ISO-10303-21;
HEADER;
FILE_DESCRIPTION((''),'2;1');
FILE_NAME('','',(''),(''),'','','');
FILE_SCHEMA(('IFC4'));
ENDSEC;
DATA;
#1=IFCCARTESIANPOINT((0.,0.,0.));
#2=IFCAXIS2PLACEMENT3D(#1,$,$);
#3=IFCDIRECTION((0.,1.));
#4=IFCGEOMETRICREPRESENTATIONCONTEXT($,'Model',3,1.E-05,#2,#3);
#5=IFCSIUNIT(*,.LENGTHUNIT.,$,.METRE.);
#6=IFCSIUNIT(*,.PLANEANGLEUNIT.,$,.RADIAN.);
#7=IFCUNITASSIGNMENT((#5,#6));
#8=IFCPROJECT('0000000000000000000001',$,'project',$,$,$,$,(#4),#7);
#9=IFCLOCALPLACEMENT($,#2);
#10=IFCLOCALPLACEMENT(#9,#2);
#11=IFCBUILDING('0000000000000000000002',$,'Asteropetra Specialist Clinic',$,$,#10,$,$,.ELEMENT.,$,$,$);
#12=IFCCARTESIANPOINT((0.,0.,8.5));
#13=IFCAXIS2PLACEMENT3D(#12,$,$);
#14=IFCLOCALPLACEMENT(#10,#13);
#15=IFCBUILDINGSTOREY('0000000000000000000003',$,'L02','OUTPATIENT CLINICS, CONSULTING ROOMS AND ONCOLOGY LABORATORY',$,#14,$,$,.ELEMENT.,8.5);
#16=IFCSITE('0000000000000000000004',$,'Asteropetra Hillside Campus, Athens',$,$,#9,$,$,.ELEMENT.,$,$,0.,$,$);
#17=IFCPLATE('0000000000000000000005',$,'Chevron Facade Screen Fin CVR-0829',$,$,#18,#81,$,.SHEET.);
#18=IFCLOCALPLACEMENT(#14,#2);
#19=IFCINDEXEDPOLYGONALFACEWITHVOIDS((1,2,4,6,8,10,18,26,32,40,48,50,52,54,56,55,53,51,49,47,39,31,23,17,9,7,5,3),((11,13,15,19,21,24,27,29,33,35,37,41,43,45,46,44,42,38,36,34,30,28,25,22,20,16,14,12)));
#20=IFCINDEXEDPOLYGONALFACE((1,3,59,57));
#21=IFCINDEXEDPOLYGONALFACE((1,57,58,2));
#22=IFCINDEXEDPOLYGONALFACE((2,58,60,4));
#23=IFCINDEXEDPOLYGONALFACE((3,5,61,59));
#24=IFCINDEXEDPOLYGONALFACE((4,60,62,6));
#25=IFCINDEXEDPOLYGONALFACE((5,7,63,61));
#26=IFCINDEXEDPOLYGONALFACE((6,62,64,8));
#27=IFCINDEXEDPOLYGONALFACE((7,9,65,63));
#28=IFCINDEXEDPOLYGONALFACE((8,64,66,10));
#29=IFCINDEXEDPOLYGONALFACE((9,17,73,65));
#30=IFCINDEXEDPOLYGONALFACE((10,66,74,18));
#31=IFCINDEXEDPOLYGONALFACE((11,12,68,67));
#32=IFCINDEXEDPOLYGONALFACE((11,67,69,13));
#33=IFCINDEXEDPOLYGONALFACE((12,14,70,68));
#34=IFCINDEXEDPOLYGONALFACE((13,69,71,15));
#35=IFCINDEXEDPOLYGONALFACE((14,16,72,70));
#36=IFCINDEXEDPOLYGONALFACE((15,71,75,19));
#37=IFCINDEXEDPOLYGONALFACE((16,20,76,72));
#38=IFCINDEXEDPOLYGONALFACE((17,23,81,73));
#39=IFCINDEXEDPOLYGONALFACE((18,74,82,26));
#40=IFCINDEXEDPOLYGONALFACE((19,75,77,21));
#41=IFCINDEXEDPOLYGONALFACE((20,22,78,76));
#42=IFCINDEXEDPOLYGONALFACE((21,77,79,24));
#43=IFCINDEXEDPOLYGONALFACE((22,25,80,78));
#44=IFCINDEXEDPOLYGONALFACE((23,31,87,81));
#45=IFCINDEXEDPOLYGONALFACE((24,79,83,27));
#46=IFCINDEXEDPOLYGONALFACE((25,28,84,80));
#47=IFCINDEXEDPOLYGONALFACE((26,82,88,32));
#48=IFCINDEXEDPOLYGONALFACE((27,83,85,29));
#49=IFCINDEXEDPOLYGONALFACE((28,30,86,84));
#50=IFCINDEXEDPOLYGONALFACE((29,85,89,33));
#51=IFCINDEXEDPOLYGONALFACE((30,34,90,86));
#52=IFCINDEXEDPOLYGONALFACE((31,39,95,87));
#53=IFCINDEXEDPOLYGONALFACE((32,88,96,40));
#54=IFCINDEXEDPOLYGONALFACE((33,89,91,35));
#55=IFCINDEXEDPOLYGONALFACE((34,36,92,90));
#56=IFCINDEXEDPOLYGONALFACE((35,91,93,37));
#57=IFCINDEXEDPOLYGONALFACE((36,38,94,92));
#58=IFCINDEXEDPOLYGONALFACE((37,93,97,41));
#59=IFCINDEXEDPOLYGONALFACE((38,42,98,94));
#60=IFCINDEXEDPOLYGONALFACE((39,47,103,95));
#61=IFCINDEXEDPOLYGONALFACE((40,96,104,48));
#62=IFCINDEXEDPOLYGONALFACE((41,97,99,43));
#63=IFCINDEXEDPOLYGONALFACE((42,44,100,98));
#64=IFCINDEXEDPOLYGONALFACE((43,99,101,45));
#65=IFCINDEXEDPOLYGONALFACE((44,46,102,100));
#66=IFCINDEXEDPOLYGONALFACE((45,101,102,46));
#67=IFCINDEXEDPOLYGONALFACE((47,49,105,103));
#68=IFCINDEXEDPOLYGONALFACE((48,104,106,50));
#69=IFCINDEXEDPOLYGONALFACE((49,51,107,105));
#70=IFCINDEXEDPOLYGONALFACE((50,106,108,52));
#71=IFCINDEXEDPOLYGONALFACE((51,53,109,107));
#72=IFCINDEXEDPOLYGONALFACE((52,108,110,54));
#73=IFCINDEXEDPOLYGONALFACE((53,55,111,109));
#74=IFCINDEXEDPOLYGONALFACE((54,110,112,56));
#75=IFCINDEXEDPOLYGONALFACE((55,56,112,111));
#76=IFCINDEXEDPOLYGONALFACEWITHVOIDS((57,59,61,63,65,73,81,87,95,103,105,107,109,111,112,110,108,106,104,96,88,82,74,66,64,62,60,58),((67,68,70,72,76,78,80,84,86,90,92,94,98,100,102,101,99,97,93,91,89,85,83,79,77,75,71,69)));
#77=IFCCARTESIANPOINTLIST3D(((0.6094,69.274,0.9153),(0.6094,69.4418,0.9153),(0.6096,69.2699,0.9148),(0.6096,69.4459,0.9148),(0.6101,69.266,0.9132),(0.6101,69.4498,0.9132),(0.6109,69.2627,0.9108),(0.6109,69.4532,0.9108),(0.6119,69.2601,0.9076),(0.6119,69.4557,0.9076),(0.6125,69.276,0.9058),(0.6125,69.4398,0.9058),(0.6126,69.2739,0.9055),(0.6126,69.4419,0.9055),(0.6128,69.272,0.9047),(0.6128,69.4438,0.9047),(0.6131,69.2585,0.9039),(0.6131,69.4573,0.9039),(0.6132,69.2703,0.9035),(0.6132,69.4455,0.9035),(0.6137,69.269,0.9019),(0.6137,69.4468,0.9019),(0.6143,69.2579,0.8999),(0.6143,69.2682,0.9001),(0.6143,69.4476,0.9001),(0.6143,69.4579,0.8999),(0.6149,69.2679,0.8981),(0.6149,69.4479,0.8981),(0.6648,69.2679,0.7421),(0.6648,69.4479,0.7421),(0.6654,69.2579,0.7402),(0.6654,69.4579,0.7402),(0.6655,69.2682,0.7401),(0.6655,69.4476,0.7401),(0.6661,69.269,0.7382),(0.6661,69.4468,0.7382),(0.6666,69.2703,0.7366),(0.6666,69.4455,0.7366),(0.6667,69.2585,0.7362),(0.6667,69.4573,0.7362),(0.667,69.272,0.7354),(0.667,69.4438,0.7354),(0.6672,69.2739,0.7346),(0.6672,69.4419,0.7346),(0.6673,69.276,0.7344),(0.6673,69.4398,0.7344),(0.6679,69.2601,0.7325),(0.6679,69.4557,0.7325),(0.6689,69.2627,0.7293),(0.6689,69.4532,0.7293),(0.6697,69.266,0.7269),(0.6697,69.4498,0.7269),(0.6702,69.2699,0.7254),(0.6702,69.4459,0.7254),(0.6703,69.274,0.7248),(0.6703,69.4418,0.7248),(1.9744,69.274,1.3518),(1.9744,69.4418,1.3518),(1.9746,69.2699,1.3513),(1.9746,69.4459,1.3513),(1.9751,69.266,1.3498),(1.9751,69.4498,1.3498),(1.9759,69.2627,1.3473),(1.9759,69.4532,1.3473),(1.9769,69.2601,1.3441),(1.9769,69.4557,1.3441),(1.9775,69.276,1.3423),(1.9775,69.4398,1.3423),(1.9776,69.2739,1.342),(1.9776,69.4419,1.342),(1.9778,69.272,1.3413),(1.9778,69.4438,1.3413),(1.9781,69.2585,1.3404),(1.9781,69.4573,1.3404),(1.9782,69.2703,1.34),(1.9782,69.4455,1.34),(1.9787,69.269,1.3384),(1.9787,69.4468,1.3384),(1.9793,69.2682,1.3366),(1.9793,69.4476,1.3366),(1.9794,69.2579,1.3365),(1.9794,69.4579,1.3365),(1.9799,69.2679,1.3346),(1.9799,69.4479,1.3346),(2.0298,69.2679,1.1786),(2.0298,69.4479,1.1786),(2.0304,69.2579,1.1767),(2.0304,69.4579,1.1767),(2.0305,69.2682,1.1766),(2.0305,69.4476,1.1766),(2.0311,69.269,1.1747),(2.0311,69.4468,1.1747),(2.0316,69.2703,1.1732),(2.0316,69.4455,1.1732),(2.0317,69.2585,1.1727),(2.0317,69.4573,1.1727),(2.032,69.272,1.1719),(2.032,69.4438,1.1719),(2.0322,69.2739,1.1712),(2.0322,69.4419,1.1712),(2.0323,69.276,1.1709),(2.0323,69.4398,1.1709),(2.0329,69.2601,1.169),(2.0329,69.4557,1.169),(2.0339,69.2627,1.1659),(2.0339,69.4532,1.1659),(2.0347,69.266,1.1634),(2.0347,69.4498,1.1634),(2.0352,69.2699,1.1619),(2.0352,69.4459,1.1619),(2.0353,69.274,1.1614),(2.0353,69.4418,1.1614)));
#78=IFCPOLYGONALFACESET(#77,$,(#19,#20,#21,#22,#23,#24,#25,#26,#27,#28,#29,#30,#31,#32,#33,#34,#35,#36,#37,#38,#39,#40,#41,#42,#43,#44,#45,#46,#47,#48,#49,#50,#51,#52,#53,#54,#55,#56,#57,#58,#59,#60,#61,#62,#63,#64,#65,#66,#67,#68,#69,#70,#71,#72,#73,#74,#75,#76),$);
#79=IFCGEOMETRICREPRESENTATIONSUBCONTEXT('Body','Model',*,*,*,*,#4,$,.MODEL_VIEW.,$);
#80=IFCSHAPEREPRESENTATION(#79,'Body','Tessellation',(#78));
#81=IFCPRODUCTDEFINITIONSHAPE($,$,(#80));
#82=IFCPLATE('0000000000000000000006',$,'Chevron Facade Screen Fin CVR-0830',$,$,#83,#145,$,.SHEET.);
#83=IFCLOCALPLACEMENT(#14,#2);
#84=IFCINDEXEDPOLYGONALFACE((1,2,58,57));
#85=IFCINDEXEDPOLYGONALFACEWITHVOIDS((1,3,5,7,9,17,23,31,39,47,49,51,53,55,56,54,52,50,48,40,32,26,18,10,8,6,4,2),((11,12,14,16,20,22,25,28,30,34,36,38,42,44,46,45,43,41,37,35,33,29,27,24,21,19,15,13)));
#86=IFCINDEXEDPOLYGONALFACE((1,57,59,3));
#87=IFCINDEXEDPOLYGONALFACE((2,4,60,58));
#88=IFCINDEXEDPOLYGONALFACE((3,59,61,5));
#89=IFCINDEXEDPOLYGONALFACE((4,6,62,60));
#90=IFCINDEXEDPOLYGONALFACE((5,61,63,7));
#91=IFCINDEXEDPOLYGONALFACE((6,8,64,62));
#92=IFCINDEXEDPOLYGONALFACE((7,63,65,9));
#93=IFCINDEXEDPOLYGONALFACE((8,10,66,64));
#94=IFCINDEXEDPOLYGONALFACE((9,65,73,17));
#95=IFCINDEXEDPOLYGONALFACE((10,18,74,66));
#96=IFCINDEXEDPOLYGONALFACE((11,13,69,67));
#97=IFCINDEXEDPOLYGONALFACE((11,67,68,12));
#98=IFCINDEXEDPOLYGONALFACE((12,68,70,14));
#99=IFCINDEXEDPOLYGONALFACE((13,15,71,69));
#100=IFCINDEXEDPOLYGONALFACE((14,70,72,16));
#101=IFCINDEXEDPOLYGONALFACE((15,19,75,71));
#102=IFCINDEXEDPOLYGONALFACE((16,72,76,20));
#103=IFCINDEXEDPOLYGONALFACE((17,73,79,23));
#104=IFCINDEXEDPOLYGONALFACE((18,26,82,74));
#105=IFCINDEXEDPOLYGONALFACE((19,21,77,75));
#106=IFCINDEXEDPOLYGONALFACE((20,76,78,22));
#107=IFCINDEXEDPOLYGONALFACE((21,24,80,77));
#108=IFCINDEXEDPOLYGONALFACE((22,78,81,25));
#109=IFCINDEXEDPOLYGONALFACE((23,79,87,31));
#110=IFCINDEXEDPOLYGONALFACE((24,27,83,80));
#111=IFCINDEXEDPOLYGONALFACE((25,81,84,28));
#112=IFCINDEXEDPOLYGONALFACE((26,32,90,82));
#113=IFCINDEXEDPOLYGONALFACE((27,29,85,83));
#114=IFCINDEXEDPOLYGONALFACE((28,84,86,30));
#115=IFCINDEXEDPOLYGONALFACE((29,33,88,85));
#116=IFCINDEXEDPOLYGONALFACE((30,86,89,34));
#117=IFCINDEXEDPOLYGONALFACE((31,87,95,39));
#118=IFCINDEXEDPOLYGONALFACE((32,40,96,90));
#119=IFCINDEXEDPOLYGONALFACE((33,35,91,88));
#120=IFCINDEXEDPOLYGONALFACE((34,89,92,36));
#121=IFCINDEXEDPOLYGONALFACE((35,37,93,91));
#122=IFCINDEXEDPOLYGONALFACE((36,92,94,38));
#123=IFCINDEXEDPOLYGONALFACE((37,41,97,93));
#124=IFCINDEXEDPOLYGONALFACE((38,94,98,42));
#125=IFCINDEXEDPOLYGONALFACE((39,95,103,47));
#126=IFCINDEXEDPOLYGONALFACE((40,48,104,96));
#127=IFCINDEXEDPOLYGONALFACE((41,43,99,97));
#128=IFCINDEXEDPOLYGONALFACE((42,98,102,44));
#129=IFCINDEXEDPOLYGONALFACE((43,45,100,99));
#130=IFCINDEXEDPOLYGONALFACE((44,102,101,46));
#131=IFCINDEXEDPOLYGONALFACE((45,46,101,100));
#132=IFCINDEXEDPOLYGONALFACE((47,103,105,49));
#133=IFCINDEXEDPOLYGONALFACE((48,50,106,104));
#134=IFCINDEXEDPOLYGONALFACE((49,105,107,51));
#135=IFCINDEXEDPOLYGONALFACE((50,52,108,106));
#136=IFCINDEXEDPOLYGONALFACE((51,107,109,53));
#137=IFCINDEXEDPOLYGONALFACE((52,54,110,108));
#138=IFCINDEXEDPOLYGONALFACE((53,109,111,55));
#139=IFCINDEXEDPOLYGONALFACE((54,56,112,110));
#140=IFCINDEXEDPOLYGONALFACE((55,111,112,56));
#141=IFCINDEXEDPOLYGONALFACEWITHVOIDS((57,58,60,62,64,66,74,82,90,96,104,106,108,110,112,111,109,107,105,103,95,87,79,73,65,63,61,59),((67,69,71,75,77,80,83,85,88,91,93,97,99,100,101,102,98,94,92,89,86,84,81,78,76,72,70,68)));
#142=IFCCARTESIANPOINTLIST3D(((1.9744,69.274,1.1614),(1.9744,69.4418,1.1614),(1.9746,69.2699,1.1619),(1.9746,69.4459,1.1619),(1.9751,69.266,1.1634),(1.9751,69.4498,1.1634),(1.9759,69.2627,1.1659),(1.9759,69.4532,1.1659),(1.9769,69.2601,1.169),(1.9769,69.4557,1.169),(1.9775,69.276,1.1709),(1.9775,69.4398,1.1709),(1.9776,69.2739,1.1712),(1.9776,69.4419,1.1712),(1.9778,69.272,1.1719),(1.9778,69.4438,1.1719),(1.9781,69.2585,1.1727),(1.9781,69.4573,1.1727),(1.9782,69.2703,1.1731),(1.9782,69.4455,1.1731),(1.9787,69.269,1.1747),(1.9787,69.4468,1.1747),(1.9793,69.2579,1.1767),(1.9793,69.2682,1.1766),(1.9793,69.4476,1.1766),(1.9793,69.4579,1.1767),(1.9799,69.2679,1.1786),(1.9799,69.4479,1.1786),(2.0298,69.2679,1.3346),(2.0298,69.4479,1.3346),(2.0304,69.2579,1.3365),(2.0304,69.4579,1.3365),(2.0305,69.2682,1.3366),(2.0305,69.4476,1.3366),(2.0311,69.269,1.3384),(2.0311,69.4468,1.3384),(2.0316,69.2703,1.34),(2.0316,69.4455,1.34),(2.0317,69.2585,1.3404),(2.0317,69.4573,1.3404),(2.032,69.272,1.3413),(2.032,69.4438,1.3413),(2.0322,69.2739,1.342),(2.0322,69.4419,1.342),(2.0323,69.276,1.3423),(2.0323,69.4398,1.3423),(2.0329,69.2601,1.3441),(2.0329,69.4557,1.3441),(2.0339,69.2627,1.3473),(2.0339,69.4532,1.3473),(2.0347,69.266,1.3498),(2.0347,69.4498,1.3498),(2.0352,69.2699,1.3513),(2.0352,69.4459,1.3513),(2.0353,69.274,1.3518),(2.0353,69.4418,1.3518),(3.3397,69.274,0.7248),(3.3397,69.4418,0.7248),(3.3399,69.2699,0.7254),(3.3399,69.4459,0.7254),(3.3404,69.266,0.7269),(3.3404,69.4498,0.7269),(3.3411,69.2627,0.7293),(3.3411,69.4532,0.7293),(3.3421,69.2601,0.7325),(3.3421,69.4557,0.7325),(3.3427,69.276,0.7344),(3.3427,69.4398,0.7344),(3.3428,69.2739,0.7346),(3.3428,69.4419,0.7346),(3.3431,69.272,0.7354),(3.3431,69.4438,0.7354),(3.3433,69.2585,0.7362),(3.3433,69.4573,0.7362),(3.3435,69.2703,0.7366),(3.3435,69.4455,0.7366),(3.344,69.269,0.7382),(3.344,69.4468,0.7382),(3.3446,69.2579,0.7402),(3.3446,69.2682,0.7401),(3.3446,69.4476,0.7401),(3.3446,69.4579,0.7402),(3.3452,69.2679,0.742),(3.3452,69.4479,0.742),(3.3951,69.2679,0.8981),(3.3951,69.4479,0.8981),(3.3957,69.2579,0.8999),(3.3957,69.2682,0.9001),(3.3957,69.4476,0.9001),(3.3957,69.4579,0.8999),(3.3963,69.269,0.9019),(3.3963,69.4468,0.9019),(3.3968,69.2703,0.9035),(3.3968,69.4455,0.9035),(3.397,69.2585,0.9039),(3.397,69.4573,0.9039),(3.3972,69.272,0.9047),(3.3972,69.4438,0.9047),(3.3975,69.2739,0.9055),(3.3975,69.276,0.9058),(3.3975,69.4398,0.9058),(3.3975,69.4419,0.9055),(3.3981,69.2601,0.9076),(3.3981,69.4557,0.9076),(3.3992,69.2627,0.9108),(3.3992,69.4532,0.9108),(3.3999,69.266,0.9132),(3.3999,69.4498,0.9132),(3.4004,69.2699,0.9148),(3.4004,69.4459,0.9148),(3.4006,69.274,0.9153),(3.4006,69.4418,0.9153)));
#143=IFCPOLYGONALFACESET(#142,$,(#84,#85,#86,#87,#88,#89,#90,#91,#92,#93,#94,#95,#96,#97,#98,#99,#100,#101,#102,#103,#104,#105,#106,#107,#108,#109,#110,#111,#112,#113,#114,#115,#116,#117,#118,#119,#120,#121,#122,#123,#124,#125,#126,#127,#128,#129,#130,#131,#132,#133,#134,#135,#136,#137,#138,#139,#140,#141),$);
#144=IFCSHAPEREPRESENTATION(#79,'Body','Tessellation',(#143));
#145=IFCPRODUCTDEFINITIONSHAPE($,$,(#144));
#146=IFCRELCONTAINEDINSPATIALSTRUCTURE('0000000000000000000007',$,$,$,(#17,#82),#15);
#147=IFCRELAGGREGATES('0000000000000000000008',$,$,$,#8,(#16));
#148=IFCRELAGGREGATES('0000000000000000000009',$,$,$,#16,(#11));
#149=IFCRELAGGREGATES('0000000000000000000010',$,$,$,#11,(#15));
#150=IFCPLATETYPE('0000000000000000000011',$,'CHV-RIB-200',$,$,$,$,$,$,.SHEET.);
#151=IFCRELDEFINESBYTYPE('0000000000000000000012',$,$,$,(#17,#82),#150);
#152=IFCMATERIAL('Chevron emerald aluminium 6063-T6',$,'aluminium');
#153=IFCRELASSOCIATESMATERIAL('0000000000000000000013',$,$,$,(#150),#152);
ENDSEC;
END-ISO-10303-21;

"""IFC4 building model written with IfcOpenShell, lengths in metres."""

from ifc_helpers import new_model, si_unit, direction, frame, origin, origin_2d, place, context, subcontext, project, spatial, hollow_rectangle, extrude, material, material_profile, profile_set, type_object, element, save


model = new_model("IFC4")

# Units and contexts
model_context = context("Model", 3, precision=1e-05, world=origin(), true_north=direction((0.0, 1.0)))
body_context = subcontext(model_context, "Body", "Model", "MODEL_VIEW")
ifc_project = project(units=[si_unit("LENGTHUNIT", "METRE"), si_unit("PLANEANGLEUNIT", "RADIAN")], contexts=[model_context])

# Site, building, storey
site_placement = place(None, origin())
site = spatial("IfcSite", under=ifc_project, at=site_placement, Name="Asteropetra Hillside Campus, Athens", CompositionType="ELEMENT", RefElevation=0.0)
building_placement = place(site_placement, origin())
building = spatial("IfcBuilding", under=site, at=building_placement, Name="Asteropetra Specialist Clinic", CompositionType="ELEMENT")
storey_placement = place(building_placement, frame((0.0, 0.0, 8.5)))
storey = spatial("IfcBuildingStorey", under=building, at=storey_placement, Name="L02", Description="OUTPATIENT CLINICS, CONSULTING ROOMS AND ONCOLOGY LABORATORY", CompositionType="ELEMENT", Elevation=8.5)

# Plates
ifc_material_1 = material(Name="Chevron emerald aluminium 6063-T6", Category="aluminium")
ifc_material_profile_1 = material_profile(ifc_material_1, hollow_rectangle(XDim=0.2, YDim=0.2, WallThickness=0.01, InnerFilletRadius=0.0081, OuterFilletRadius=0.0161, at=origin_2d()), Name="SHS 200x200x10.0")
ifc_profile_set_1 = profile_set([ifc_material_profile_1], Name="Chevron emerald aluminium 6063-T6")
plate_type_1 = type_object("IfcPlateType", Name="CHV-RIB-200", PredefinedType="SHEET", material=ifc_profile_set_1)
plate_1_placement = place(storey_placement, frame((0.6399, 69.3579, 0.8201), z_axis=(0.95248, 0.0, 0.304603), x_axis=(0.0, 1.0, 0.0)))
element("IfcPlate", 1, at=plate_1_placement, inside=storey, type_object=plate_type_1, Name="Chevron Facade Screen Fin CVR-0829", PredefinedType="SHEET", context=body_context, shape_type="SweptSolid", body=[
    extrude(hollow_rectangle(XDim=0.2, YDim=0.2, WallThickness=0.01, InnerFilletRadius=0.0081, OuterFilletRadius=0.0161, at=origin_2d()), origin(), (0.0, 0.0, 1.0), 1.4331),
])
plate_2_placement = place(storey_placement, frame((2.0049, 69.3579, 1.2566), z_axis=(0.952495, 0.0, -0.304553), x_axis=(0.0, 1.0, 0.0)))
element("IfcPlate", 2, at=plate_2_placement, inside=storey, type_object=plate_type_1, Name="Chevron Facade Screen Fin CVR-0830", PredefinedType="SHEET", context=body_context, shape_type="SweptSolid", body=[
    extrude(hollow_rectangle(XDim=0.2, YDim=0.2, WallThickness=0.01, InnerFilletRadius=0.0081, OuterFilletRadius=0.0161, at=origin_2d()), origin(), (0.0, 0.0, 1.0), 1.4333),
])

save(model, "model.ifc")
